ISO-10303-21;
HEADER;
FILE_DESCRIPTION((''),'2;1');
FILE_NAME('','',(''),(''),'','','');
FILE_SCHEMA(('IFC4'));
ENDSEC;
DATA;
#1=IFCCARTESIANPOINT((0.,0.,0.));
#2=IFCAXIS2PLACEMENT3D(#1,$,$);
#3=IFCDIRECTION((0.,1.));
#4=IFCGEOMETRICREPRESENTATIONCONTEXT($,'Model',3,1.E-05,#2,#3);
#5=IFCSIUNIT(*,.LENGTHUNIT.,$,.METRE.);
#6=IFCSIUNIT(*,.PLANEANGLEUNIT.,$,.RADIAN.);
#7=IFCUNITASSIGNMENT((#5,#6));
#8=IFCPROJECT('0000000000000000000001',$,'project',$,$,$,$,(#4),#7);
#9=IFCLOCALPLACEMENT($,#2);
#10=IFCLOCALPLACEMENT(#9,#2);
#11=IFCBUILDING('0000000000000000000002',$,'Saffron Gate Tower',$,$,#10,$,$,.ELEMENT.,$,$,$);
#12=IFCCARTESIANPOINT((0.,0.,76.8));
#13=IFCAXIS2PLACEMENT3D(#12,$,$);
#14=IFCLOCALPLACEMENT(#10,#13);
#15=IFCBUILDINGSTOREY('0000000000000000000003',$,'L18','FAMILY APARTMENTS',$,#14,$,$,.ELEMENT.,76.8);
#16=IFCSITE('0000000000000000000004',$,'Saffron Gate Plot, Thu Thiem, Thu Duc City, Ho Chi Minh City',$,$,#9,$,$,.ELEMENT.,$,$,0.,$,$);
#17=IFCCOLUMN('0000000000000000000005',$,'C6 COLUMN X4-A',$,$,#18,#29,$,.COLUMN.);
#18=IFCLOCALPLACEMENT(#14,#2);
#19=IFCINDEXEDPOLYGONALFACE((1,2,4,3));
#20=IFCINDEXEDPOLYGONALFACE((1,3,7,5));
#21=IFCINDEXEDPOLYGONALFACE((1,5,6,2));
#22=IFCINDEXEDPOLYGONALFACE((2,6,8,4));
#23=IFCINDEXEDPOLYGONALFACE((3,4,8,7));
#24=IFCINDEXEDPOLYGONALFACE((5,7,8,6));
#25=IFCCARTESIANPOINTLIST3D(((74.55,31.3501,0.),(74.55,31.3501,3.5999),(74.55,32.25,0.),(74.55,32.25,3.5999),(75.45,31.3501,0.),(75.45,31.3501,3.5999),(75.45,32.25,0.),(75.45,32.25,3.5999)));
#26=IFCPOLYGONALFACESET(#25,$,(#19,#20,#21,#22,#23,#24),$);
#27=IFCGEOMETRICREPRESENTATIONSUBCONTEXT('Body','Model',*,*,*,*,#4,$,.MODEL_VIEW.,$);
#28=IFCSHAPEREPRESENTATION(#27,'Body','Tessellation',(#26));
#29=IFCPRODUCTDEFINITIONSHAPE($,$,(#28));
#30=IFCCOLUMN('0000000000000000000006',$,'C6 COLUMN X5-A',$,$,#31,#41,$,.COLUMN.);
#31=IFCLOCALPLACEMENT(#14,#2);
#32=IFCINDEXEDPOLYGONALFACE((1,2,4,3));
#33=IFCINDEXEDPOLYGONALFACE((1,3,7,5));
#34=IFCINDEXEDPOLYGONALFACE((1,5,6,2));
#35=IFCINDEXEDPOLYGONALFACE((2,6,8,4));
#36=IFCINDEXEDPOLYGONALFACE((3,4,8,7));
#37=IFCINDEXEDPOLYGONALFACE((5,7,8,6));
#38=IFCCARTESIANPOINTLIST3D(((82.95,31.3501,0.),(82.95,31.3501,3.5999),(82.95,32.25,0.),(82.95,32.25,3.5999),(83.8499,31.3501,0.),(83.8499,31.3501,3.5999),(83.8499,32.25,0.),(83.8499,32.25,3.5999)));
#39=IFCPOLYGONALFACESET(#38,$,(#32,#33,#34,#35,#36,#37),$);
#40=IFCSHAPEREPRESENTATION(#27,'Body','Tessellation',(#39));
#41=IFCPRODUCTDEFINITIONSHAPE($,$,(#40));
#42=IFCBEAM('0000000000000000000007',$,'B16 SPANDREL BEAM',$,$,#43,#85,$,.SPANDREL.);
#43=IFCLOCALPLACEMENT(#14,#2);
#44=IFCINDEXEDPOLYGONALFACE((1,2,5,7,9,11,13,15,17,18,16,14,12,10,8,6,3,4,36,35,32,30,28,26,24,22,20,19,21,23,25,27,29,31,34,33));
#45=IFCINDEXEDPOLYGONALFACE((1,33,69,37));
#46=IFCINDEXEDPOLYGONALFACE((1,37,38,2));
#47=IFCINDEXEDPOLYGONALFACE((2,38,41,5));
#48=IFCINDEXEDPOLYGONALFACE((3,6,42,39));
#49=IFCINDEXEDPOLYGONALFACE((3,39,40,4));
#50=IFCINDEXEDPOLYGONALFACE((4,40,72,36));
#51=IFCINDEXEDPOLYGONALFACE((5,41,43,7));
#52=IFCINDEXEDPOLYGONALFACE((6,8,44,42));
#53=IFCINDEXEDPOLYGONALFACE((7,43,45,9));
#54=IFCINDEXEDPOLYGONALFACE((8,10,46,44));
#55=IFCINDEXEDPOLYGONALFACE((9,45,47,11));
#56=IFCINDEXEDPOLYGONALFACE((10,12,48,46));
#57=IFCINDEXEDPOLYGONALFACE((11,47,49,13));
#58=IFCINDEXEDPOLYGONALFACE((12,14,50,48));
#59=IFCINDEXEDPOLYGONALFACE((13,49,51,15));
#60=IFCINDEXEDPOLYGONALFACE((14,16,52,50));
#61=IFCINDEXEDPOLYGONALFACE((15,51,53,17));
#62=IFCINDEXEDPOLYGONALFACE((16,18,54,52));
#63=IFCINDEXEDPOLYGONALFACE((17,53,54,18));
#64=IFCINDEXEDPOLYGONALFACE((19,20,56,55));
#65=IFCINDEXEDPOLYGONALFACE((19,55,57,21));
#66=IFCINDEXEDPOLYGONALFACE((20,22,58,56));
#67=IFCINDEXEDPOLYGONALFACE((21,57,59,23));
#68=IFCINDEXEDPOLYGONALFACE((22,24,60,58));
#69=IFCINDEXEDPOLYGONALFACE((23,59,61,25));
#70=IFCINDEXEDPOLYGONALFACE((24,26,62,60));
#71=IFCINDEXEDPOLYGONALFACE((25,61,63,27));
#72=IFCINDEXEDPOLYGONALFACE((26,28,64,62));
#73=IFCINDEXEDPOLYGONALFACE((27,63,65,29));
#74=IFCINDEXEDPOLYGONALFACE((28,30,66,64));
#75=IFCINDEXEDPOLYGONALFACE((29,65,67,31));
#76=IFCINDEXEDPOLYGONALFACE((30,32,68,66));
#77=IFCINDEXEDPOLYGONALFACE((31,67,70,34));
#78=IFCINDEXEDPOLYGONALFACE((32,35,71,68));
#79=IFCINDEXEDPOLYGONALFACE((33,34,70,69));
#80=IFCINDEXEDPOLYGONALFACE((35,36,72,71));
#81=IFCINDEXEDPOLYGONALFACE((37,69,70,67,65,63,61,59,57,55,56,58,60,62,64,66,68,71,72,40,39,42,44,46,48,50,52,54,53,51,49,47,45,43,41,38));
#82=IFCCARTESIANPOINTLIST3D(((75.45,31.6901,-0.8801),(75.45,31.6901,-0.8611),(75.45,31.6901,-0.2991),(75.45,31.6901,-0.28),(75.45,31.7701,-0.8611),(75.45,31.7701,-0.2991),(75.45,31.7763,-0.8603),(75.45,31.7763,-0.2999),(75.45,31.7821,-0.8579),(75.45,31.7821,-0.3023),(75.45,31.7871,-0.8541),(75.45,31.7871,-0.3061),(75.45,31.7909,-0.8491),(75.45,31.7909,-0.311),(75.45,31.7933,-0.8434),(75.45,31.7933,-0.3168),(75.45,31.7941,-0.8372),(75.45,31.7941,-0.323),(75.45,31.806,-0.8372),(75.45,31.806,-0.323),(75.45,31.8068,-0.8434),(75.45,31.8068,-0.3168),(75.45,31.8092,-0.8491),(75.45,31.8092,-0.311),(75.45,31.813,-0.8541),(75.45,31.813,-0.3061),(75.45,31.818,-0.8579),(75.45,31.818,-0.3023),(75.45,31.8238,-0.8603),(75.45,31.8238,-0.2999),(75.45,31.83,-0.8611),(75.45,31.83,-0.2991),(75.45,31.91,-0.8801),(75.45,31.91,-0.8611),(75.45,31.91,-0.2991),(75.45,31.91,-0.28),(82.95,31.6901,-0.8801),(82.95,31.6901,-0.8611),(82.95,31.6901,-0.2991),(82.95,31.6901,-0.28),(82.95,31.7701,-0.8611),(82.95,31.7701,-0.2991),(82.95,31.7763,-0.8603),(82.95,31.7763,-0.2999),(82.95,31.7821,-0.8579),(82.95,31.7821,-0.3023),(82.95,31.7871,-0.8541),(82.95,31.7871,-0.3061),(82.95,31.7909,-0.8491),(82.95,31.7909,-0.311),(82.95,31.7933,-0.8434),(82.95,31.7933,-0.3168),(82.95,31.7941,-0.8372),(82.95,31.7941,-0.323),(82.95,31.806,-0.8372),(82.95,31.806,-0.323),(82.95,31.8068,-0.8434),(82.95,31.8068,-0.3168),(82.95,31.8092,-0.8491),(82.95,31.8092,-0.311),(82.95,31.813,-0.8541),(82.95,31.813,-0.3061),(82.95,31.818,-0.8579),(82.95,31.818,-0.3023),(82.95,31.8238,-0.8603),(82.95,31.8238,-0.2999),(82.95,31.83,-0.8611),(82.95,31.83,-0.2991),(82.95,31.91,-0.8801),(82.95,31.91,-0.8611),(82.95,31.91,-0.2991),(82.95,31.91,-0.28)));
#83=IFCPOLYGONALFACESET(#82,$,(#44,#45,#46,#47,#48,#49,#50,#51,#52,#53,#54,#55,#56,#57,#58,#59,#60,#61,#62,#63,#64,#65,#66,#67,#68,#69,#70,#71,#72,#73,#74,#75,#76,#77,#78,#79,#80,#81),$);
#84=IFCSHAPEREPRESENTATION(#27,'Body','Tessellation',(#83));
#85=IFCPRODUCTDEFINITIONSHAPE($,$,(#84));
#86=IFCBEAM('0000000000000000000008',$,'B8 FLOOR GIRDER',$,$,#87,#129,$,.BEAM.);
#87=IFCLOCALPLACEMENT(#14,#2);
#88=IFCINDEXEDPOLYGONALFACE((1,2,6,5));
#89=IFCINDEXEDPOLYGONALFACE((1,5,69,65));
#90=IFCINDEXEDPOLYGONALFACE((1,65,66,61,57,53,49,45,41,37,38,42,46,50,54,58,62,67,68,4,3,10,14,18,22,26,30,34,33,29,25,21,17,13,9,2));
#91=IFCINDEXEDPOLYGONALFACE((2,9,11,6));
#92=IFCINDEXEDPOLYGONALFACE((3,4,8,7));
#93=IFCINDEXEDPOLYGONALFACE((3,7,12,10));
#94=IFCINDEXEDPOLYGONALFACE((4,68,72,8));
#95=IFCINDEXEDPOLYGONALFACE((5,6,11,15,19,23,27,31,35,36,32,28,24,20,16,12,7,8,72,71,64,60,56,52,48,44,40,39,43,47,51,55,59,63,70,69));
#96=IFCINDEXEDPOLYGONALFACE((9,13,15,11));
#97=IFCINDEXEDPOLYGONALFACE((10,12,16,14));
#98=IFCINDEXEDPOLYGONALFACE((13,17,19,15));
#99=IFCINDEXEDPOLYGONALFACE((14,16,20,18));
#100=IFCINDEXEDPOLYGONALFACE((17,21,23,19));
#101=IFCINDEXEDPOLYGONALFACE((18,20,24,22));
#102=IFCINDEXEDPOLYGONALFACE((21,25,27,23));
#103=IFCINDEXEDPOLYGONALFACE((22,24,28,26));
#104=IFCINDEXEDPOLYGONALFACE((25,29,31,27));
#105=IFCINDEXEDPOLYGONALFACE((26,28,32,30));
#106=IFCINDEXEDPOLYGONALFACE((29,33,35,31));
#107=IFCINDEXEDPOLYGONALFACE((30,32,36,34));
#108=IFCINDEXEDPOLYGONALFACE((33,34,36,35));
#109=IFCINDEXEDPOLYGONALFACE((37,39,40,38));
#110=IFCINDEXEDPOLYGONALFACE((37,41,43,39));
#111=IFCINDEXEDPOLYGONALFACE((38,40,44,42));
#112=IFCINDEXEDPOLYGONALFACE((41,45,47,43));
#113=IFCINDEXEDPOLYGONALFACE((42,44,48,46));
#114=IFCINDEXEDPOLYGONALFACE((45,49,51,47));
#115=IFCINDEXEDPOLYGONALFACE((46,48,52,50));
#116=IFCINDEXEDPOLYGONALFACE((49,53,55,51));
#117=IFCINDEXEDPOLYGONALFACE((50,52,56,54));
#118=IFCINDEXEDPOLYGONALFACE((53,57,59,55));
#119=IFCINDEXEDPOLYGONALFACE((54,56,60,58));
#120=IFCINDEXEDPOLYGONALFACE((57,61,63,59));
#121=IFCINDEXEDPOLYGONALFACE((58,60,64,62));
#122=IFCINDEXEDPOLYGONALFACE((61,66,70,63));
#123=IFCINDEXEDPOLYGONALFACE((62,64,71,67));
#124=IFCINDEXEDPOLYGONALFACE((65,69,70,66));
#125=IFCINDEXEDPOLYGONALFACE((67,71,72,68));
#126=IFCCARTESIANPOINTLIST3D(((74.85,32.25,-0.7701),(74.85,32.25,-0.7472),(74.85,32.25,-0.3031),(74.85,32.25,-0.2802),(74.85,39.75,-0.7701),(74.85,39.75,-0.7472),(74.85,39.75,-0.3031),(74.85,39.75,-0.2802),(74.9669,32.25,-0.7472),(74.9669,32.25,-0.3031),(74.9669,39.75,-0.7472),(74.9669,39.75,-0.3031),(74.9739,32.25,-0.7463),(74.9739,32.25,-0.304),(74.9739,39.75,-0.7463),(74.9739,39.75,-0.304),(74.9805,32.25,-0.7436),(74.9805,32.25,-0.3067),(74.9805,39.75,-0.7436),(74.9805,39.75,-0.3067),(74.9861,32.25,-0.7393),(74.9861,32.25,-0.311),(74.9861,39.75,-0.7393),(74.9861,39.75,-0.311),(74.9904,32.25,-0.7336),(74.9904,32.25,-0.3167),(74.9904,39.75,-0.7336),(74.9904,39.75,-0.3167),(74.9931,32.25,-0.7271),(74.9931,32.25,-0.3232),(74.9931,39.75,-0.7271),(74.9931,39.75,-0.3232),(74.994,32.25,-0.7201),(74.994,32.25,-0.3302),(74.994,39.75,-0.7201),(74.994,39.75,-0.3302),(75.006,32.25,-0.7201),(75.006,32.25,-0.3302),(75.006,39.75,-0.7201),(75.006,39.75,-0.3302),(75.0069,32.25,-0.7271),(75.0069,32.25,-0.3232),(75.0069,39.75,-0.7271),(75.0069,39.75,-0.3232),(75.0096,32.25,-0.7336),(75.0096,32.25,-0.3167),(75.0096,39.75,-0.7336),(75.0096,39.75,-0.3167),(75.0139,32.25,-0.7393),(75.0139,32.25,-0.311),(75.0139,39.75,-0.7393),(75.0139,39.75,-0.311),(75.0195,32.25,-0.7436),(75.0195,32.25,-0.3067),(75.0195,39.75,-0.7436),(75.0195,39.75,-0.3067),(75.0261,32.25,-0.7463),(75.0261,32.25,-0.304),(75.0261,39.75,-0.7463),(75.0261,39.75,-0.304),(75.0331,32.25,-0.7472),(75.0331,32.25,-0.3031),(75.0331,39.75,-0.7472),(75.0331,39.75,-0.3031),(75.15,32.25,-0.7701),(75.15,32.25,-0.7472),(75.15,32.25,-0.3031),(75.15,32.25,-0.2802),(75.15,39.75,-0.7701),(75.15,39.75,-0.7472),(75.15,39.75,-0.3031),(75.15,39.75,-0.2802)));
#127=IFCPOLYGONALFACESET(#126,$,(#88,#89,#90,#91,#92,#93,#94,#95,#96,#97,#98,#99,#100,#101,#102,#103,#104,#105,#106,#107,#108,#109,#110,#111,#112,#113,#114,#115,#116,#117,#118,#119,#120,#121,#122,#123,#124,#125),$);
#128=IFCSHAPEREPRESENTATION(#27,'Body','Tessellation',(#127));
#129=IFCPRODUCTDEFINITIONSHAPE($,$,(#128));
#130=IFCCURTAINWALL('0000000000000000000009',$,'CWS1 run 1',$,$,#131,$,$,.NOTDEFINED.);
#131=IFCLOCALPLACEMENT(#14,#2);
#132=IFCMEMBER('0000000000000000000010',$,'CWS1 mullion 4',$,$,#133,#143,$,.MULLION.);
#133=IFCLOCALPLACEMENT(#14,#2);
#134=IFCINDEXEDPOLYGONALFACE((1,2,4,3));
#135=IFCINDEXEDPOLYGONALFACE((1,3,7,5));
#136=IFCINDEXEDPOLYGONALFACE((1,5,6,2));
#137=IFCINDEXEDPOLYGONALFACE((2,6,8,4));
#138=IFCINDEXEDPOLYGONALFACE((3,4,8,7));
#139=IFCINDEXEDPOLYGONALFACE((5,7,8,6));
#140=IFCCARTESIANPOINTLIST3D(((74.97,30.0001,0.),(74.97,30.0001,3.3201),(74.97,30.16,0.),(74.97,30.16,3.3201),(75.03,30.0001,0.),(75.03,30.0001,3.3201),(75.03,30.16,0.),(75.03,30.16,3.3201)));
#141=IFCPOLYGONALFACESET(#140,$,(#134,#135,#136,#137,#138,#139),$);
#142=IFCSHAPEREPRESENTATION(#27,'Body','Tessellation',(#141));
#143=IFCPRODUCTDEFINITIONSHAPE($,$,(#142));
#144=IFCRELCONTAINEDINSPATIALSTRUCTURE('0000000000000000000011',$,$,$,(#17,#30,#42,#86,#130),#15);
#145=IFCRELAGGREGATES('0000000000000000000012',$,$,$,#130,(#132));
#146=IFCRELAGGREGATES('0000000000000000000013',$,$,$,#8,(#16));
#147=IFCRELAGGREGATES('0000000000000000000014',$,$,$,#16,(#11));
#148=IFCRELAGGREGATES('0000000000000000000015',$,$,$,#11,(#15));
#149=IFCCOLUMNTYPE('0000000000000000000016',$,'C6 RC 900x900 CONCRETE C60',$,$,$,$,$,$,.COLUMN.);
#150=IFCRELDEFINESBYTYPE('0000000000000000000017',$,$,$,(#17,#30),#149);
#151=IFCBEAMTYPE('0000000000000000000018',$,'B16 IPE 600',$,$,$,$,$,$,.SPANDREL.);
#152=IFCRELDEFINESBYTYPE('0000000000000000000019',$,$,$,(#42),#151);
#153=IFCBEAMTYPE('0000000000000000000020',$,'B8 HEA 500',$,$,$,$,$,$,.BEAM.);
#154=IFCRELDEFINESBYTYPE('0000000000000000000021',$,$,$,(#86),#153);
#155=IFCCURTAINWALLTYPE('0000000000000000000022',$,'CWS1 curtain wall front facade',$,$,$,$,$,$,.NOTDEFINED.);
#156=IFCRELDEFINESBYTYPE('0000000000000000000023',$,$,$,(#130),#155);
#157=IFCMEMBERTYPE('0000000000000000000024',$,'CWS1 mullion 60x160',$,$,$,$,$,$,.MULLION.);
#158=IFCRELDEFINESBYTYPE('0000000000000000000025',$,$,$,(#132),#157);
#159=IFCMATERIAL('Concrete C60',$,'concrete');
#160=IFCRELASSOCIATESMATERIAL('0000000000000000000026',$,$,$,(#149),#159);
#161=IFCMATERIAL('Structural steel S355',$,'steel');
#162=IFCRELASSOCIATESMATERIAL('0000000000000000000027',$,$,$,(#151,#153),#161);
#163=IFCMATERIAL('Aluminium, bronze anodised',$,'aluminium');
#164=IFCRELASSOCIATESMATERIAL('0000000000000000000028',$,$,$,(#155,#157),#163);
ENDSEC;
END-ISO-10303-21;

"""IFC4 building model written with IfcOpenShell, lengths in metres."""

from ifc_helpers import new_model, si_unit, direction, frame, origin, origin_2d, place, context, subcontext, project, spatial, rectangle, i_section, extrude, material, material_profile, profile_set, type_object, element, aggregate, save


model = new_model("IFC4")

# Units and contexts
model_context = context("Model", 3, precision=1e-05, world=origin(), true_north=direction((0.0, 1.0)))
body_context = subcontext(model_context, "Body", "Model", "MODEL_VIEW")
ifc_project = project(units=[si_unit("LENGTHUNIT", "METRE"), si_unit("PLANEANGLEUNIT", "RADIAN")], contexts=[model_context])

# Site, building, storey
site_placement = place(None, origin())
site = spatial("IfcSite", under=ifc_project, at=site_placement, Name="Saffron Gate Plot, Thu Thiem, Thu Duc City, Ho Chi Minh City", CompositionType="ELEMENT", RefElevation=0.0)
building_placement = place(site_placement, origin())
building = spatial("IfcBuilding", under=site, at=building_placement, Name="Saffron Gate Tower", CompositionType="ELEMENT")
storey_placement = place(building_placement, frame((0.0, 0.0, 76.8)))
storey = spatial("IfcBuildingStorey", under=building, at=storey_placement, Name="L18", Description="FAMILY APARTMENTS", CompositionType="ELEMENT", Elevation=76.8)

# Columns
ifc_material_1 = material(Name="Concrete C60", Category="concrete")
ifc_material_profile_1 = material_profile(ifc_material_1, rectangle(XDim=0.8999, YDim=0.8999, at=origin_2d()))
ifc_profile_set_1 = profile_set([ifc_material_profile_1], Name="Concrete C60")
column_type = type_object("IfcColumnType", Name="C6 RC 900x900 CONCRETE C60", PredefinedType="COLUMN", material=ifc_profile_set_1)
for number, where, z_axis, x_axis, name in (
    (1, (75.0, 31.8, 0.0), (0.0, 0.0, 1.0), (1.0, 0.0, 0.0), "C6 COLUMN X4-A"),
    (2, (83.3999, 31.8, 0.0), (0.0, 0.0, 1.0), (1.0, 0.0, 0.0), "C6 COLUMN X5-A"),
):
    element("IfcColumn", number, at=place(storey_placement, frame(where, z_axis=z_axis, x_axis=x_axis)), inside=storey, type_object=column_type, Name=name, PredefinedType="COLUMN", context=body_context, shape_type="SweptSolid", body=[
        extrude(rectangle(XDim=0.8999, YDim=0.8999, at=origin_2d()), origin(), (0.0, 0.0, 1.0), 3.5999),
    ])

# Beams
ifc_material_2 = material(Name="Structural steel S355", Category="steel")
ifc_material_profile_2 = material_profile(ifc_material_2, i_section(OverallWidth=0.22, OverallDepth=0.6001, WebThickness=0.012, FlangeThickness=0.019, FilletRadius=0.0239, at=origin_2d()))
ifc_profile_set_2 = profile_set([ifc_material_profile_2], Name="Structural steel S355")
beam_type_1 = type_object("IfcBeamType", Name="B16 IPE 600", PredefinedType="SPANDREL", material=ifc_profile_set_2)
beam_1_placement = place(storey_placement, frame((75.45, 31.8, -0.5801), z_axis=(1.0, 0.0, 0.0), x_axis=(0.0, 1.0, 0.0)))
element("IfcBeam", 3, at=beam_1_placement, inside=storey, type_object=beam_type_1, Name="B16 SPANDREL BEAM", PredefinedType="SPANDREL", context=body_context, shape_type="SweptSolid", body=[
    extrude(i_section(OverallWidth=0.22, OverallDepth=0.6001, WebThickness=0.012, FlangeThickness=0.019, FilletRadius=0.0239, at=origin_2d()), origin(), (0.0, 0.0, 1.0), 7.5),
])
ifc_material_profile_3 = material_profile(ifc_material_2, i_section(OverallWidth=0.3, OverallDepth=0.49, WebThickness=0.012, FlangeThickness=0.0229, FilletRadius=0.0271, at=origin_2d()))
ifc_profile_set_3 = profile_set([ifc_material_profile_3], Name="Structural steel S355")
beam_type_2 = type_object("IfcBeamType", Name="B8 HEA 500", PredefinedType="BEAM", material=ifc_profile_set_3)
beam_2_placement = place(storey_placement, frame((75.0, 32.25, -0.5251), z_axis=(0.0, 1.0, 0.0), x_axis=(-1.0, 0.0, 0.0)))
element("IfcBeam", 4, at=beam_2_placement, inside=storey, type_object=beam_type_2, Name="B8 FLOOR GIRDER", PredefinedType="BEAM", context=body_context, shape_type="SweptSolid", body=[
    extrude(i_section(OverallWidth=0.3, OverallDepth=0.49, WebThickness=0.012, FlangeThickness=0.0229, FilletRadius=0.0271, at=origin_2d()), origin(), (0.0, 0.0, 1.0), 7.5),
])

# Curtain wall, member
ifc_material_3 = material(Name="Aluminium, bronze anodised", Category="aluminium")
curtain_wall_type = type_object("IfcCurtainWallType", Name="CWS1 curtain wall front facade", PredefinedType="NOTDEFINED", material=ifc_material_3)
curtain_wall_placement = place(storey_placement, origin())
curtain_wall = element("IfcCurtainWall", 5, at=curtain_wall_placement, inside=storey, type_object=curtain_wall_type, Name="CWS1 run 1", PredefinedType="NOTDEFINED")
ifc_material_profile_4 = material_profile(ifc_material_3, rectangle(XDim=0.1599, YDim=0.0601, at=origin_2d()))
ifc_profile_set_4 = profile_set([ifc_material_profile_4], Name="Aluminium, bronze anodised")
member_type = type_object("IfcMemberType", Name="CWS1 mullion 60x160", PredefinedType="MULLION", material=ifc_profile_set_4)
member_placement = place(storey_placement, frame((75.0, 30.0801, 0.0), z_axis=(0.0, 0.0, 1.0), x_axis=(0.0, 1.0, 0.0)))
member = element("IfcMember", 6, at=member_placement, type_object=member_type, Name="CWS1 mullion 4", PredefinedType="MULLION", context=body_context, shape_type="SweptSolid", body=[
    extrude(rectangle(XDim=0.1599, YDim=0.0601, at=origin_2d()), origin(), (0.0, 0.0, 1.0), 3.3201),
])
aggregate(curtain_wall, [member])

save(model, "model.ifc")
